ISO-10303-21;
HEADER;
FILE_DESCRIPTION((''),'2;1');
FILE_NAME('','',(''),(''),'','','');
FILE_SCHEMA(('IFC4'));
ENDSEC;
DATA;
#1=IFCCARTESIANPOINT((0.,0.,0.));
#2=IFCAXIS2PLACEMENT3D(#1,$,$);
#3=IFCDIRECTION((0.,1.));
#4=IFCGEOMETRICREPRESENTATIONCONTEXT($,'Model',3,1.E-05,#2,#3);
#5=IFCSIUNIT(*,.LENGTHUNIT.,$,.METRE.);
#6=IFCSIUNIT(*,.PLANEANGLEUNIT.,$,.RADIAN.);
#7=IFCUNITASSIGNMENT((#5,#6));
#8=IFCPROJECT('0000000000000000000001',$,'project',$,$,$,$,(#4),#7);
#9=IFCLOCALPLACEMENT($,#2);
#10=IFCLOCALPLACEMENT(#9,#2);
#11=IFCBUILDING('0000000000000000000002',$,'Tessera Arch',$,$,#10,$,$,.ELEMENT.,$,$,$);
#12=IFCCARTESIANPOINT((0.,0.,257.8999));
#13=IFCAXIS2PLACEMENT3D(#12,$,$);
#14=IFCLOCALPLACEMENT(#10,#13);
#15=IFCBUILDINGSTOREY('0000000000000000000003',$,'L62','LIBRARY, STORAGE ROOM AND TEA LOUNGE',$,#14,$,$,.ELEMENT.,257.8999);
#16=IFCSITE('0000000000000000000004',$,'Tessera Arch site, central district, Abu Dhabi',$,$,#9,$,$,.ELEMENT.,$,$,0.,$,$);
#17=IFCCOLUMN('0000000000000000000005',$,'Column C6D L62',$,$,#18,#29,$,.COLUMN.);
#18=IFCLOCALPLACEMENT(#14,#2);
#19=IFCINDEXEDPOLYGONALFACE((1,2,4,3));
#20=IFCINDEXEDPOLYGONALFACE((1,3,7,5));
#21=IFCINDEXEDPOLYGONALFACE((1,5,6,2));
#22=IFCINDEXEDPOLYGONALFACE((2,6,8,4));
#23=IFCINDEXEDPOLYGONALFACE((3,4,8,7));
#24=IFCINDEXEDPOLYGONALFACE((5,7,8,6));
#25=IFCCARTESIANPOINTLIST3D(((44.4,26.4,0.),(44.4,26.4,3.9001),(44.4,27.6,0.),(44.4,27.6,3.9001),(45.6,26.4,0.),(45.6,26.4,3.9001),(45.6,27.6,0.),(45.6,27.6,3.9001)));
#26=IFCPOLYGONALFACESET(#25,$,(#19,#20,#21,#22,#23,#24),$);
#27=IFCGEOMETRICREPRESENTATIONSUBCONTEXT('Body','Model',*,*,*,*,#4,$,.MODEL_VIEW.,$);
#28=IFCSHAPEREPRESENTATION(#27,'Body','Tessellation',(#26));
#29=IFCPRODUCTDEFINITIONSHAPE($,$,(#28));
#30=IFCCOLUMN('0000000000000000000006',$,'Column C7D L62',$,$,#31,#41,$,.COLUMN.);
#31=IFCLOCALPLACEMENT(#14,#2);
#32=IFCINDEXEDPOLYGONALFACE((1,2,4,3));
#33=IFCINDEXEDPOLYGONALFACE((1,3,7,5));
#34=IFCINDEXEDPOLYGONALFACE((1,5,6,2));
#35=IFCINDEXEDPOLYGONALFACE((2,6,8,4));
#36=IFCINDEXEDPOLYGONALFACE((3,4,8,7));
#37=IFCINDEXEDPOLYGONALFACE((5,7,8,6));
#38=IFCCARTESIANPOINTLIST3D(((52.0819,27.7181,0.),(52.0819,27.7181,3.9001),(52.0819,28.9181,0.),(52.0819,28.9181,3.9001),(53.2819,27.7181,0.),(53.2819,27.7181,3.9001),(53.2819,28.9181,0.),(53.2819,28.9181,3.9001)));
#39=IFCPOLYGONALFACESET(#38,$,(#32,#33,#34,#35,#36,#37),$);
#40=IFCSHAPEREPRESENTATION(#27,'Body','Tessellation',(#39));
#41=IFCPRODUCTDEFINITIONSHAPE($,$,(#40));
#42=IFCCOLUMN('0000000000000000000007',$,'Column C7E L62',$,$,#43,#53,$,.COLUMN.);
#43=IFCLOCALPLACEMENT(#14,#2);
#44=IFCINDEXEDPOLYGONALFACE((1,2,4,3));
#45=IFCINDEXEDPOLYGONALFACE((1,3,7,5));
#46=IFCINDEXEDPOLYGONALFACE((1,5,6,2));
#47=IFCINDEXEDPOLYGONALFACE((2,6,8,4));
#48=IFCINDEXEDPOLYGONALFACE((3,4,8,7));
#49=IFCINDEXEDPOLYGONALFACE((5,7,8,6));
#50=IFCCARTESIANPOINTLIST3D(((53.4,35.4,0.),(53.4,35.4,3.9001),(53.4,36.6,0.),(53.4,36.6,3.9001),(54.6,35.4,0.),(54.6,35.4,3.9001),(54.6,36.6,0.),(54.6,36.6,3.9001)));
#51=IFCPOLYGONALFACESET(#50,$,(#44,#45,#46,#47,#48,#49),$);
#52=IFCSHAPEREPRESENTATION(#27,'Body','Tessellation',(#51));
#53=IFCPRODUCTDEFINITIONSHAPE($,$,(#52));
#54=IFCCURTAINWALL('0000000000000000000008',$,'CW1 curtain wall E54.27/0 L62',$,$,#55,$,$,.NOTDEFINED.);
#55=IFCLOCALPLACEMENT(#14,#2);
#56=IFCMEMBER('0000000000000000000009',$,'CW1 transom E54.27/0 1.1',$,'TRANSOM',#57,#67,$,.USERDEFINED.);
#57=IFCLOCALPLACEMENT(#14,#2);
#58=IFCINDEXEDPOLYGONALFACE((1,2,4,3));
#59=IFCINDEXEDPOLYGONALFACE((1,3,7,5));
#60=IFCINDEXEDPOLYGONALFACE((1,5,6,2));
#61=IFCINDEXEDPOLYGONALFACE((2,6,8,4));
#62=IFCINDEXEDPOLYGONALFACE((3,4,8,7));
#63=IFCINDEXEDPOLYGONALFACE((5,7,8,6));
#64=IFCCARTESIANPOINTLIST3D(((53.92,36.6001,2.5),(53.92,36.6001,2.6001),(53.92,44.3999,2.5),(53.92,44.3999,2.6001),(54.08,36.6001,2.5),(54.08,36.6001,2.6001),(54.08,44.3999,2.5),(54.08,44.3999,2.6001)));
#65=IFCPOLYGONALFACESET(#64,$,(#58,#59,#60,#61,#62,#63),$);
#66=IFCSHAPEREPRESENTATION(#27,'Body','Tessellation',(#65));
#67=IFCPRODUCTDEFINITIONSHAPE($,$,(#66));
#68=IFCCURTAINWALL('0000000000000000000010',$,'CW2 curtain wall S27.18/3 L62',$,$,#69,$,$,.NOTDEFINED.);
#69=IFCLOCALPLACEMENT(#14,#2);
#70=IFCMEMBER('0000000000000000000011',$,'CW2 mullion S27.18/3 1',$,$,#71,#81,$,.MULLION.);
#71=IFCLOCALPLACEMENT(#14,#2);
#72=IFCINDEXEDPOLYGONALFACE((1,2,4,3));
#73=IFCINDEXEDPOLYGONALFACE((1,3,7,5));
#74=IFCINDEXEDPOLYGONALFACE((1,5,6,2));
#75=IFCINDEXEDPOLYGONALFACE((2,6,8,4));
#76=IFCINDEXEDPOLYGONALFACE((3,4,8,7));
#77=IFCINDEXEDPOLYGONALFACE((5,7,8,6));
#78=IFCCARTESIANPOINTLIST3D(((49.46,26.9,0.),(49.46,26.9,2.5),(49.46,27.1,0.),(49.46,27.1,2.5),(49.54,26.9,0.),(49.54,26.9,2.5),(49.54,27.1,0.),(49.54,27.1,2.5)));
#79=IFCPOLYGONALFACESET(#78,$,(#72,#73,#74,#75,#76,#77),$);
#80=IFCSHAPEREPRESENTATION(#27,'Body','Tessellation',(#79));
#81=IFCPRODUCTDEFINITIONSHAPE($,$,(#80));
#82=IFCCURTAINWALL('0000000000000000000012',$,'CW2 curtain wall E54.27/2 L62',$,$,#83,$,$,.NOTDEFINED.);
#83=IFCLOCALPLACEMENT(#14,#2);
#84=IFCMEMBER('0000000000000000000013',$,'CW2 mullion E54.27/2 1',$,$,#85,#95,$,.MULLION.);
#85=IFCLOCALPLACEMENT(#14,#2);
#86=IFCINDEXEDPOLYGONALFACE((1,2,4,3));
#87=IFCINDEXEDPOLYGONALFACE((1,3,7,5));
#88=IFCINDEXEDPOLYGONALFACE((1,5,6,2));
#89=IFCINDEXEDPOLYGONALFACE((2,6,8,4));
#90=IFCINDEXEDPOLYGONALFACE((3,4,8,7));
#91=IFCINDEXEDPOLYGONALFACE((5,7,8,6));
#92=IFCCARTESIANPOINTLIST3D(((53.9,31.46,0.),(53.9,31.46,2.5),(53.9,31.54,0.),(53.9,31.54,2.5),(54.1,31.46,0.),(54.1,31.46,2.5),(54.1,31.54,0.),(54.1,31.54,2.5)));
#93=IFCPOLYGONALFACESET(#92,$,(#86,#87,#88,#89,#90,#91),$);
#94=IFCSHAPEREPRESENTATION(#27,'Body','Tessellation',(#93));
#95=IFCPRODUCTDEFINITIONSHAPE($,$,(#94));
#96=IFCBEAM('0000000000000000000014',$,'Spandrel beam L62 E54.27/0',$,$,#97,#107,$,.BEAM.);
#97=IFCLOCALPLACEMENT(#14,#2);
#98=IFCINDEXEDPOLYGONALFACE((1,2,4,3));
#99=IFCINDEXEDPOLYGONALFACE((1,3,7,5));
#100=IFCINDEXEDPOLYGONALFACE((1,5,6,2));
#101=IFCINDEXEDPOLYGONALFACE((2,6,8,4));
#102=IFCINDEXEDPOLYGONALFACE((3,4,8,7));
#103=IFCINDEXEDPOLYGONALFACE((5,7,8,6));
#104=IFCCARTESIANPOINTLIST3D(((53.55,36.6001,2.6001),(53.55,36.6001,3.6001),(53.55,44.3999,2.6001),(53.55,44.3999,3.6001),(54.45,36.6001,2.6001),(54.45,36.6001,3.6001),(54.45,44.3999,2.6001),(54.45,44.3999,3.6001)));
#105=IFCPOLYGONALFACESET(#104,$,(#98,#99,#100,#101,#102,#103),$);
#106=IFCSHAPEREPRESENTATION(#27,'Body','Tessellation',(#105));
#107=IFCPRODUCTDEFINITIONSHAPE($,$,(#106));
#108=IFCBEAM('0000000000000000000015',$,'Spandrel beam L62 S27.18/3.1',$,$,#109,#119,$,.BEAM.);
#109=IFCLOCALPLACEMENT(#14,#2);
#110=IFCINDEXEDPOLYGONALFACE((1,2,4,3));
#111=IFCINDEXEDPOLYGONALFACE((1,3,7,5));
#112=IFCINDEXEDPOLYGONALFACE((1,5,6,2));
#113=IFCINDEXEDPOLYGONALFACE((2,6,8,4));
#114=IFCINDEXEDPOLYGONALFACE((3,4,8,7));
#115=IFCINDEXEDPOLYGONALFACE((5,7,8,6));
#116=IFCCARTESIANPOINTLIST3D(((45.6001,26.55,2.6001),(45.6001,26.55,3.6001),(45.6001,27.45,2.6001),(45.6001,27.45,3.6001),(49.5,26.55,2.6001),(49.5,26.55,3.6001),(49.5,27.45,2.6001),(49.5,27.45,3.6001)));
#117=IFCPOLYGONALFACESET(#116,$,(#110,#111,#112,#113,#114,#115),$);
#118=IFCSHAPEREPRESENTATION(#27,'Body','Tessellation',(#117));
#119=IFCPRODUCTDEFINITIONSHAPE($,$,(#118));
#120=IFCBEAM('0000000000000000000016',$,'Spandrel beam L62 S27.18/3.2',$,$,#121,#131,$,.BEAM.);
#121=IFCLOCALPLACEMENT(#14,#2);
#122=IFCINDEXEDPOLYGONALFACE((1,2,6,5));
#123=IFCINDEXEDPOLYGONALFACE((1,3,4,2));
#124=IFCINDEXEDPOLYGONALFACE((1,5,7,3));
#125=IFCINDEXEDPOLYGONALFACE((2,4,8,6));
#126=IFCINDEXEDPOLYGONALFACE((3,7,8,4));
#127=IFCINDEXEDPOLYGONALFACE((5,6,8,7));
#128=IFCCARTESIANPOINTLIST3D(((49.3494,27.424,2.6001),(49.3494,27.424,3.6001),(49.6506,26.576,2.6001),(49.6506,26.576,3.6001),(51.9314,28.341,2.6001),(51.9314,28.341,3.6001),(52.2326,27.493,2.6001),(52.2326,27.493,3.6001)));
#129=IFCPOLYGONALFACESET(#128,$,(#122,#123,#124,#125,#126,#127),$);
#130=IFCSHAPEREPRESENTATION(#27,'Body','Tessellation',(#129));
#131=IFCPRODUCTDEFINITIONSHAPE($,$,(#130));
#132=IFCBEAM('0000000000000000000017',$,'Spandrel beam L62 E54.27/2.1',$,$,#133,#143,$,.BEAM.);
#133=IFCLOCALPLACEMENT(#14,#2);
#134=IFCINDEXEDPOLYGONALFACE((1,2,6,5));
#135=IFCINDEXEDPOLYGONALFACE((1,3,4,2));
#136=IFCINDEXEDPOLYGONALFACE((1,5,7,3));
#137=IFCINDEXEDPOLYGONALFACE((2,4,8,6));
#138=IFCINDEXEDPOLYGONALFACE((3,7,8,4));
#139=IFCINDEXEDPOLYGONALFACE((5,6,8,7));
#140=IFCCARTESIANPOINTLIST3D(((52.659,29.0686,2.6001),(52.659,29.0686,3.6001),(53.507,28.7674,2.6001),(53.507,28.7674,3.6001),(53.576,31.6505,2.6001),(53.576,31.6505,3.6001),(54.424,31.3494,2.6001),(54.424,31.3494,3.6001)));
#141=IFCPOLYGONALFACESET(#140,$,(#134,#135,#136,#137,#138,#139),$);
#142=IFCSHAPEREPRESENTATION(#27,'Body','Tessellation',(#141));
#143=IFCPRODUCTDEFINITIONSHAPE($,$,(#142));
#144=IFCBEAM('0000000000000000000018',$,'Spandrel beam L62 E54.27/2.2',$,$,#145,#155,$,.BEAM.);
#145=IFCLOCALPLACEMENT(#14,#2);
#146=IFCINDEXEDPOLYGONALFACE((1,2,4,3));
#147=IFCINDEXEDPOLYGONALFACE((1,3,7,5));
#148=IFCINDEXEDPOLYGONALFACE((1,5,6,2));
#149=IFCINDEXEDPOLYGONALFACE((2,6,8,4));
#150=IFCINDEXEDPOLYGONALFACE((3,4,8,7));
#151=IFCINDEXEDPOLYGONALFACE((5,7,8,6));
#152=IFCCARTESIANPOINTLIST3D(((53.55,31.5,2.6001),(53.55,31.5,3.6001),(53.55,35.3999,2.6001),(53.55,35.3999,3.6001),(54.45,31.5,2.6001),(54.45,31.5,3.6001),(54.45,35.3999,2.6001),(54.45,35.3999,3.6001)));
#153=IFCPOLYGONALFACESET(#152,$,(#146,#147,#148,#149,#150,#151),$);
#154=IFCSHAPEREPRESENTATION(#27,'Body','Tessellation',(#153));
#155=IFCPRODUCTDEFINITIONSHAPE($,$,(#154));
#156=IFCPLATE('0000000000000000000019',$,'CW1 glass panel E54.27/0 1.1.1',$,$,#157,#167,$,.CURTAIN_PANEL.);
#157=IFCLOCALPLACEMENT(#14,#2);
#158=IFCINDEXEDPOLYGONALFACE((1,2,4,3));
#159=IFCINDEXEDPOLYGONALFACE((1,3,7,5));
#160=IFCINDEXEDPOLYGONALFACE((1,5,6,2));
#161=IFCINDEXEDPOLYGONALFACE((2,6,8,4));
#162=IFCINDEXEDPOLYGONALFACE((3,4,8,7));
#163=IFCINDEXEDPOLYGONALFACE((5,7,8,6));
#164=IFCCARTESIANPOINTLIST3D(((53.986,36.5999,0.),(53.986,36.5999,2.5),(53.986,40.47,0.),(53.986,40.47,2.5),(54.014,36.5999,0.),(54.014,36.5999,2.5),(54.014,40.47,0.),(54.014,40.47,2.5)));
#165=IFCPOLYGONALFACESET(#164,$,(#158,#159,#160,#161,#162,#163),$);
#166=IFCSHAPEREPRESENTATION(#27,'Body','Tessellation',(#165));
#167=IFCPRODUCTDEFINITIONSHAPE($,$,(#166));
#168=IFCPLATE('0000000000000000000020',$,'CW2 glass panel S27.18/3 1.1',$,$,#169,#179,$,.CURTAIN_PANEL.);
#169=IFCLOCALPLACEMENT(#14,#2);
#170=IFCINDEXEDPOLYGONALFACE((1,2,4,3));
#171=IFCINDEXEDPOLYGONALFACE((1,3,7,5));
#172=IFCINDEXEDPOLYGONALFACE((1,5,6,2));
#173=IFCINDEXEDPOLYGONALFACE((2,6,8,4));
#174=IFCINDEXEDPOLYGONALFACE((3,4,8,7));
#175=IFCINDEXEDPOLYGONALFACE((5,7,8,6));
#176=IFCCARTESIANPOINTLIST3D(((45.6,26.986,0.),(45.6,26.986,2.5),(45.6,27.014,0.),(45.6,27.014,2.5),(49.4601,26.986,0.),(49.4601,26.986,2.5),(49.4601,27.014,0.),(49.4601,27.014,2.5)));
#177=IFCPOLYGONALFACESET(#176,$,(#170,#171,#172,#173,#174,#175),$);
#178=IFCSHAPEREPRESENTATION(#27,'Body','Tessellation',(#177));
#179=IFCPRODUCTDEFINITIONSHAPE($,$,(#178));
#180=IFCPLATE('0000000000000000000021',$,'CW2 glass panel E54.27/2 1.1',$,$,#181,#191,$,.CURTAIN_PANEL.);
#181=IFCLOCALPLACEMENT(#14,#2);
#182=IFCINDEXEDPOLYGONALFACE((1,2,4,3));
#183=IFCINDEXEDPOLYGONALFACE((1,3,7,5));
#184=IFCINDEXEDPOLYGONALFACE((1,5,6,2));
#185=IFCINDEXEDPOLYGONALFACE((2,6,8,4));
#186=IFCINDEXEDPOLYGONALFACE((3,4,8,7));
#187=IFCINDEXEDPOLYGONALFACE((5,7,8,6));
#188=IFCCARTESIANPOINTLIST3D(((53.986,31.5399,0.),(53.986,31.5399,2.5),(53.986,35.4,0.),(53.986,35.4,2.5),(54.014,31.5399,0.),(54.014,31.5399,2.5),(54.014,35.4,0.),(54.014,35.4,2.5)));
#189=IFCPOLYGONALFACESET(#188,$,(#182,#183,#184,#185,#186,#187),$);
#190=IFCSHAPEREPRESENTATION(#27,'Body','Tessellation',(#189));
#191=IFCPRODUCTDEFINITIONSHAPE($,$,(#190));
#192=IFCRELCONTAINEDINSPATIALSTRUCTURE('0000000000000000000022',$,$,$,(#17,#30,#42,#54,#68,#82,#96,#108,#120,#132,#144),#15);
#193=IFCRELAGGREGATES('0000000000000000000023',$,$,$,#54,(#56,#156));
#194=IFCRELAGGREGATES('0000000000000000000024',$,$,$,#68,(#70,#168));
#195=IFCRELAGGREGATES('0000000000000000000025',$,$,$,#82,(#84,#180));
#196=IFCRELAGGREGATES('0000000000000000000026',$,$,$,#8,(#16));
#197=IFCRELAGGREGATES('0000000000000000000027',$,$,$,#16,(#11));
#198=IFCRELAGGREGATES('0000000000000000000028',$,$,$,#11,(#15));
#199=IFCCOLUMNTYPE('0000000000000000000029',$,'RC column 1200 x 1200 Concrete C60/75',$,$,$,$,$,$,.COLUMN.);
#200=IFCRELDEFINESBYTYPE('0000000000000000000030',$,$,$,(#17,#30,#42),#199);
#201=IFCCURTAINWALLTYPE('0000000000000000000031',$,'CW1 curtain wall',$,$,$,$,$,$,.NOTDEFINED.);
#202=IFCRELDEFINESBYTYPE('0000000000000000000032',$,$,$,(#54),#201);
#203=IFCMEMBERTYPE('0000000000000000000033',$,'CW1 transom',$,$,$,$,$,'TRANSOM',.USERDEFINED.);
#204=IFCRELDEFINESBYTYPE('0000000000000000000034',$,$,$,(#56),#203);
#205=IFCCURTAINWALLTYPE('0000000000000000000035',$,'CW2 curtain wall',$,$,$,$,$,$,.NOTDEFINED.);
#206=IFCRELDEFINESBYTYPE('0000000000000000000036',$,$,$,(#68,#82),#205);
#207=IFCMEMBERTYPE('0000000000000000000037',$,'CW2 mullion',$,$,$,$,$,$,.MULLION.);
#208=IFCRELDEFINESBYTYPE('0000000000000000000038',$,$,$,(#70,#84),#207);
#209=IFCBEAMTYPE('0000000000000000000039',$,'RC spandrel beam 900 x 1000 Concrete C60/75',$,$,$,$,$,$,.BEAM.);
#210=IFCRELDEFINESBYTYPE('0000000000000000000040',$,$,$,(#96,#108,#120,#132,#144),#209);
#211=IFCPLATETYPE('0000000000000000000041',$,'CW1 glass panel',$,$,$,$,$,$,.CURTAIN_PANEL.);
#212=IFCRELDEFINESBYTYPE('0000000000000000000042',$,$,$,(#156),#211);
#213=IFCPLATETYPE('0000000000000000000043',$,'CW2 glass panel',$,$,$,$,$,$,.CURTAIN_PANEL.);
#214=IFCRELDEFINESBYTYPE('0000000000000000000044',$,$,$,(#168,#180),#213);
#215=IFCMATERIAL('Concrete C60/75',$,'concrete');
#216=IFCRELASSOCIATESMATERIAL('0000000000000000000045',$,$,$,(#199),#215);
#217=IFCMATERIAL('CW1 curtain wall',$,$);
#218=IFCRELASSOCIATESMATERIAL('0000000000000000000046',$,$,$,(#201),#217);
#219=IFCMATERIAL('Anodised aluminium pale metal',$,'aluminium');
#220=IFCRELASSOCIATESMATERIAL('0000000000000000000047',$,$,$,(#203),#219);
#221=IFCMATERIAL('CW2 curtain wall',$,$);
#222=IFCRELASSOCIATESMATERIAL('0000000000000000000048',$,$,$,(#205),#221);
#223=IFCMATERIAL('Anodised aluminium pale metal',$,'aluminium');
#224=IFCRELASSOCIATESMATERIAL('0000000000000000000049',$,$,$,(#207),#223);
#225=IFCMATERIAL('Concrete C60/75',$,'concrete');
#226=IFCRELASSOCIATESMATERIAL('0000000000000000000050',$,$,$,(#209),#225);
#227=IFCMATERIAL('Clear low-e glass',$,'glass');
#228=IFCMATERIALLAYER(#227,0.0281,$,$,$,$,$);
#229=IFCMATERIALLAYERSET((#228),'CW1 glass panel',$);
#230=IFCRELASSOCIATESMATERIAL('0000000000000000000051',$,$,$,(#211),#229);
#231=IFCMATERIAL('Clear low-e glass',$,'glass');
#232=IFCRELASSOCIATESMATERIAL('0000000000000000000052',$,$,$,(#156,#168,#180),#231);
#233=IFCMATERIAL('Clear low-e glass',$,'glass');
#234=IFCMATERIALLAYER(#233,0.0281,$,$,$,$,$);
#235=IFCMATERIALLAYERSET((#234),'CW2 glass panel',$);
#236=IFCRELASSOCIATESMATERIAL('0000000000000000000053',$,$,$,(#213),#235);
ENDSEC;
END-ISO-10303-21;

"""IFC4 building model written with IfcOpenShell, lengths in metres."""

from ifc_helpers import new_model, si_unit, direction, frame, origin, origin_2d, place, context, subcontext, project, spatial, rectangle, extrude, material, layer, layer_set, material_profile, profile_set, type_object, element, aggregate, save


model = new_model("IFC4")

# Units and contexts
model_context = context("Model", 3, precision=1e-05, world=origin(), true_north=direction((0.0, 1.0)))
body_context = subcontext(model_context, "Body", "Model", "MODEL_VIEW")
ifc_project = project(units=[si_unit("LENGTHUNIT", "METRE"), si_unit("PLANEANGLEUNIT", "RADIAN")], contexts=[model_context])

# Site, building, storey
site_placement = place(None, origin())
site = spatial("IfcSite", under=ifc_project, at=site_placement, Name="Tessera Arch site, central district, Abu Dhabi", CompositionType="ELEMENT", RefElevation=0.0)
building_placement = place(site_placement, origin())
building = spatial("IfcBuilding", under=site, at=building_placement, Name="Tessera Arch", CompositionType="ELEMENT")
storey_placement = place(building_placement, frame((0.0, 0.0, 257.8999)))
storey = spatial("IfcBuildingStorey", under=building, at=storey_placement, Name="L62", Description="LIBRARY, STORAGE ROOM AND TEA LOUNGE", CompositionType="ELEMENT", Elevation=257.8999)

# Columns
ifc_material_1 = material(Name="Concrete C60/75", Category="concrete")
ifc_material_profile_1 = material_profile(ifc_material_1, rectangle(XDim=1.2, YDim=1.2, at=origin_2d()), Name="RC column 1200 x 1200 Concrete C60/75")
ifc_profile_set_1 = profile_set([ifc_material_profile_1], Name="Concrete C60/75")
column_type = type_object("IfcColumnType", Name="RC column 1200 x 1200 Concrete C60/75", PredefinedType="COLUMN", material=ifc_profile_set_1)
for number, where, z_axis, x_axis, name in (
    (1, (45.0, 27.0, 0.0), (0.0, 0.0, 1.0), (1.0, 0.0, 0.0), "Column C6D L62"),
    (2, (52.6819, 28.3181, 0.0), (0.0, 0.0, 1.0), (1.0, 0.0, 0.0), "Column C7D L62"),
    (3, (54.0, 36.0, 0.0), (0.0, 0.0, 1.0), (1.0, 0.0, 0.0), "Column C7E L62"),
):
    element("IfcColumn", number, at=place(storey_placement, frame(where, z_axis=z_axis, x_axis=x_axis)), inside=storey, type_object=column_type, Name=name, PredefinedType="COLUMN", context=body_context, shape_type="SweptSolid", body=[
        extrude(rectangle(XDim=1.2, YDim=1.2, at=origin_2d()), origin(), (0.0, 0.0, 1.0), 3.9001),
    ])

# Curtain walls, members
ifc_material_2 = material(Name="CW1 curtain wall")
curtain_wall_type_1 = type_object("IfcCurtainWallType", Name="CW1 curtain wall", PredefinedType="NOTDEFINED", material=ifc_material_2)
curtain_wall_1_placement = place(storey_placement, origin())
curtain_wall_1 = element("IfcCurtainWall", 4, at=curtain_wall_1_placement, inside=storey, type_object=curtain_wall_type_1, Name="CW1 curtain wall E54.27/0 L62", PredefinedType="NOTDEFINED")
ifc_material_3 = material(Name="Anodised aluminium pale metal", Category="aluminium")
ifc_material_profile_2 = material_profile(ifc_material_3, rectangle(XDim=0.1599, YDim=0.1001, at=origin_2d()), Name="AL 160x100")
ifc_profile_set_2 = profile_set([ifc_material_profile_2], Name="Anodised aluminium pale metal")
member_type_1 = type_object("IfcMemberType", Name="CW1 transom", ElementType="TRANSOM", PredefinedType="USERDEFINED", material=ifc_profile_set_2)
member_1_placement = place(storey_placement, frame((54.0, 36.6001, 2.55), z_axis=(0.0, 1.0, 0.0), x_axis=(-1.0, 0.0, 0.0)))
member_1 = element("IfcMember", 5, at=member_1_placement, type_object=member_type_1, Name="CW1 transom E54.27/0 1.1", ObjectType="TRANSOM", PredefinedType="USERDEFINED", context=body_context, shape_type="SweptSolid", body=[
    extrude(rectangle(XDim=0.1599, YDim=0.1001, at=origin_2d()), origin(), (0.0, 0.0, 1.0), 7.7998),
])
ifc_material_4 = material(Name="CW2 curtain wall")
curtain_wall_type_2 = type_object("IfcCurtainWallType", Name="CW2 curtain wall", PredefinedType="NOTDEFINED", material=ifc_material_4)
curtain_wall_2_placement = place(storey_placement, origin())
curtain_wall_2 = element("IfcCurtainWall", 6, at=curtain_wall_2_placement, inside=storey, type_object=curtain_wall_type_2, Name="CW2 curtain wall S27.18/3 L62", PredefinedType="NOTDEFINED")
ifc_material_5 = material(Name="Anodised aluminium pale metal", Category="aluminium")
ifc_material_profile_3 = material_profile(ifc_material_5, rectangle(XDim=0.2, YDim=0.0801, at=origin_2d()), Name="AL 80x200")
ifc_profile_set_3 = profile_set([ifc_material_profile_3], Name="Anodised aluminium pale metal")
member_type_2 = type_object("IfcMemberType", Name="CW2 mullion", PredefinedType="MULLION", material=ifc_profile_set_3)
member_2_placement = place(storey_placement, frame((49.5, 27.0, 0.0), z_axis=(0.0, 0.0, 1.0), x_axis=(0.0, 1.0, 0.0)))
member_2 = element("IfcMember", 7, at=member_2_placement, type_object=member_type_2, Name="CW2 mullion S27.18/3 1", PredefinedType="MULLION", context=body_context, shape_type="SweptSolid", body=[
    extrude(rectangle(XDim=0.2, YDim=0.0801, at=origin_2d()), origin(), (0.0, 0.0, 1.0), 2.5),
])
curtain_wall_3_placement = place(storey_placement, origin())
curtain_wall_3 = element("IfcCurtainWall", 8, at=curtain_wall_3_placement, inside=storey, type_object=curtain_wall_type_2, Name="CW2 curtain wall E54.27/2 L62", PredefinedType="NOTDEFINED")
member_3_placement = place(storey_placement, frame((54.0, 31.5, 0.0), z_axis=(0.0, 0.0, 1.0), x_axis=(-1.0, 0.0, 0.0)))
member_3 = element("IfcMember", 9, at=member_3_placement, type_object=member_type_2, Name="CW2 mullion E54.27/2 1", PredefinedType="MULLION", context=body_context, shape_type="SweptSolid", body=[
    extrude(rectangle(XDim=0.2, YDim=0.0801, at=origin_2d()), origin(), (0.0, 0.0, 1.0), 2.5),
])

# Beams
ifc_material_6 = material(Name="Concrete C60/75", Category="concrete")
ifc_material_profile_4 = material_profile(ifc_material_6, rectangle(XDim=0.8999, YDim=1.0, at=origin_2d()), Name="RC spandrel beam 900 x 1000 Concrete C60/75")
ifc_profile_set_4 = profile_set([ifc_material_profile_4], Name="Concrete C60/75")
beam_type = type_object("IfcBeamType", Name="RC spandrel beam 900 x 1000 Concrete C60/75", PredefinedType="BEAM", material=ifc_profile_set_4)
beam_1_placement = place(storey_placement, frame((54.0, 36.6001, 3.1001), z_axis=(0.0, 1.0, 0.0), x_axis=(-1.0, 0.0, 0.0)))
element("IfcBeam", 10, at=beam_1_placement, inside=storey, type_object=beam_type, Name="Spandrel beam L62 E54.27/0", PredefinedType="BEAM", context=body_context, shape_type="SweptSolid", body=[
    extrude(rectangle(XDim=0.8999, YDim=1.0, at=origin_2d()), origin(), (0.0, 0.0, 1.0), 7.7998),
])
beam_2_placement = place(storey_placement, frame((45.6001, 27.0, 3.1001), z_axis=(1.0, 0.0, 0.0), x_axis=(0.0, 1.0, 0.0)))
element("IfcBeam", 11, at=beam_2_placement, inside=storey, type_object=beam_type, Name="Spandrel beam L62 S27.18/3.1", PredefinedType="BEAM", context=body_context, shape_type="SweptSolid", body=[
    extrude(rectangle(XDim=0.8999, YDim=1.0, at=origin_2d()), origin(), (0.0, 0.0, 1.0), 3.8999),
])
for number, where, z_axis, x_axis, name in (
    (12, (49.5, 27.0, 3.1001), (0.942337, 0.334665, 0.0), (-0.334665, 0.942337, 0.0), "Spandrel beam L62 S27.18/3.2"),
    (13, (53.083, 28.918, 3.1001), (0.334665, 0.942337, 0.0), (-0.942337, 0.334665, 0.0), "Spandrel beam L62 E54.27/2.1"),
):
    element("IfcBeam", number, at=place(storey_placement, frame(where, z_axis=z_axis, x_axis=x_axis)), inside=storey, type_object=beam_type, Name=name, PredefinedType="BEAM", context=body_context, shape_type="SweptSolid", body=[
        extrude(rectangle(XDim=0.8999, YDim=1.0, at=origin_2d()), origin(), (0.0, 0.0, 1.0), 2.74),
    ])
beam_3_placement = place(storey_placement, frame((54.0, 31.5, 3.1001), z_axis=(0.0, 1.0, 0.0), x_axis=(-1.0, 0.0, 0.0)))
element("IfcBeam", 14, at=beam_3_placement, inside=storey, type_object=beam_type, Name="Spandrel beam L62 E54.27/2.2", PredefinedType="BEAM", context=body_context, shape_type="SweptSolid", body=[
    extrude(rectangle(XDim=0.8999, YDim=1.0, at=origin_2d()), origin(), (0.0, 0.0, 1.0), 3.8999),
])

# Plates
ifc_material_7 = material(Name="Clear low-e glass", Category="glass")
ifc_material_8 = material(Name="Clear low-e glass", Category="glass")
ifc_layer_1 = layer(ifc_material_8, 0.0281)
ifc_layer_set_1 = layer_set([ifc_layer_1], Name="CW1 glass panel")
plate_type_1 = type_object("IfcPlateType", Name="CW1 glass panel", PredefinedType="CURTAIN_PANEL", material=ifc_layer_set_1)
plate_1_placement = place(storey_placement, frame((54.0, 38.5349, 0.0), z_axis=(0.0, 0.0, 1.0), x_axis=(0.0, 1.0, 0.0)))
plate_1 = element("IfcPlate", 15, at=plate_1_placement, type_object=plate_type_1, material=ifc_material_7, Name="CW1 glass panel E54.27/0 1.1.1", PredefinedType="CURTAIN_PANEL", context=body_context, shape_type="SweptSolid", body=[
    extrude(rectangle(XDim=3.8701, YDim=0.0281, at=origin_2d()), origin(), (0.0, 0.0, 1.0), 2.5),
])
aggregate(curtain_wall_1, [member_1, plate_1])
ifc_material_9 = material(Name="Clear low-e glass", Category="glass")
ifc_layer_2 = layer(ifc_material_9, 0.0281)
ifc_layer_set_2 = layer_set([ifc_layer_2], Name="CW2 glass panel")
plate_type_2 = type_object("IfcPlateType", Name="CW2 glass panel", PredefinedType="CURTAIN_PANEL", material=ifc_layer_set_2)
plate_2_placement = place(storey_placement, frame((47.53, 27.0, 0.0), z_axis=(0.0, 0.0, 1.0), x_axis=(1.0, 0.0, 0.0)))
plate_2 = element("IfcPlate", 16, at=plate_2_placement, type_object=plate_type_2, material=ifc_material_7, Name="CW2 glass panel S27.18/3 1.1", PredefinedType="CURTAIN_PANEL", context=body_context, shape_type="SweptSolid", body=[
    extrude(rectangle(XDim=3.8601, YDim=0.0281, at=origin_2d()), origin(), (0.0, 0.0, 1.0), 2.5),
])
aggregate(curtain_wall_2, [member_2, plate_2])
plate_3_placement = place(storey_placement, frame((54.0, 33.47, 0.0), z_axis=(0.0, 0.0, 1.0), x_axis=(0.0, 1.0, 0.0)))
plate_3 = element("IfcPlate", 17, at=plate_3_placement, type_object=plate_type_2, material=ifc_material_7, Name="CW2 glass panel E54.27/2 1.1", PredefinedType="CURTAIN_PANEL", context=body_context, shape_type="SweptSolid", body=[
    extrude(rectangle(XDim=3.8601, YDim=0.0281, at=origin_2d()), origin(), (0.0, 0.0, 1.0), 2.5),
])
aggregate(curtain_wall_3, [member_3, plate_3])

save(model, "model.ifc")
